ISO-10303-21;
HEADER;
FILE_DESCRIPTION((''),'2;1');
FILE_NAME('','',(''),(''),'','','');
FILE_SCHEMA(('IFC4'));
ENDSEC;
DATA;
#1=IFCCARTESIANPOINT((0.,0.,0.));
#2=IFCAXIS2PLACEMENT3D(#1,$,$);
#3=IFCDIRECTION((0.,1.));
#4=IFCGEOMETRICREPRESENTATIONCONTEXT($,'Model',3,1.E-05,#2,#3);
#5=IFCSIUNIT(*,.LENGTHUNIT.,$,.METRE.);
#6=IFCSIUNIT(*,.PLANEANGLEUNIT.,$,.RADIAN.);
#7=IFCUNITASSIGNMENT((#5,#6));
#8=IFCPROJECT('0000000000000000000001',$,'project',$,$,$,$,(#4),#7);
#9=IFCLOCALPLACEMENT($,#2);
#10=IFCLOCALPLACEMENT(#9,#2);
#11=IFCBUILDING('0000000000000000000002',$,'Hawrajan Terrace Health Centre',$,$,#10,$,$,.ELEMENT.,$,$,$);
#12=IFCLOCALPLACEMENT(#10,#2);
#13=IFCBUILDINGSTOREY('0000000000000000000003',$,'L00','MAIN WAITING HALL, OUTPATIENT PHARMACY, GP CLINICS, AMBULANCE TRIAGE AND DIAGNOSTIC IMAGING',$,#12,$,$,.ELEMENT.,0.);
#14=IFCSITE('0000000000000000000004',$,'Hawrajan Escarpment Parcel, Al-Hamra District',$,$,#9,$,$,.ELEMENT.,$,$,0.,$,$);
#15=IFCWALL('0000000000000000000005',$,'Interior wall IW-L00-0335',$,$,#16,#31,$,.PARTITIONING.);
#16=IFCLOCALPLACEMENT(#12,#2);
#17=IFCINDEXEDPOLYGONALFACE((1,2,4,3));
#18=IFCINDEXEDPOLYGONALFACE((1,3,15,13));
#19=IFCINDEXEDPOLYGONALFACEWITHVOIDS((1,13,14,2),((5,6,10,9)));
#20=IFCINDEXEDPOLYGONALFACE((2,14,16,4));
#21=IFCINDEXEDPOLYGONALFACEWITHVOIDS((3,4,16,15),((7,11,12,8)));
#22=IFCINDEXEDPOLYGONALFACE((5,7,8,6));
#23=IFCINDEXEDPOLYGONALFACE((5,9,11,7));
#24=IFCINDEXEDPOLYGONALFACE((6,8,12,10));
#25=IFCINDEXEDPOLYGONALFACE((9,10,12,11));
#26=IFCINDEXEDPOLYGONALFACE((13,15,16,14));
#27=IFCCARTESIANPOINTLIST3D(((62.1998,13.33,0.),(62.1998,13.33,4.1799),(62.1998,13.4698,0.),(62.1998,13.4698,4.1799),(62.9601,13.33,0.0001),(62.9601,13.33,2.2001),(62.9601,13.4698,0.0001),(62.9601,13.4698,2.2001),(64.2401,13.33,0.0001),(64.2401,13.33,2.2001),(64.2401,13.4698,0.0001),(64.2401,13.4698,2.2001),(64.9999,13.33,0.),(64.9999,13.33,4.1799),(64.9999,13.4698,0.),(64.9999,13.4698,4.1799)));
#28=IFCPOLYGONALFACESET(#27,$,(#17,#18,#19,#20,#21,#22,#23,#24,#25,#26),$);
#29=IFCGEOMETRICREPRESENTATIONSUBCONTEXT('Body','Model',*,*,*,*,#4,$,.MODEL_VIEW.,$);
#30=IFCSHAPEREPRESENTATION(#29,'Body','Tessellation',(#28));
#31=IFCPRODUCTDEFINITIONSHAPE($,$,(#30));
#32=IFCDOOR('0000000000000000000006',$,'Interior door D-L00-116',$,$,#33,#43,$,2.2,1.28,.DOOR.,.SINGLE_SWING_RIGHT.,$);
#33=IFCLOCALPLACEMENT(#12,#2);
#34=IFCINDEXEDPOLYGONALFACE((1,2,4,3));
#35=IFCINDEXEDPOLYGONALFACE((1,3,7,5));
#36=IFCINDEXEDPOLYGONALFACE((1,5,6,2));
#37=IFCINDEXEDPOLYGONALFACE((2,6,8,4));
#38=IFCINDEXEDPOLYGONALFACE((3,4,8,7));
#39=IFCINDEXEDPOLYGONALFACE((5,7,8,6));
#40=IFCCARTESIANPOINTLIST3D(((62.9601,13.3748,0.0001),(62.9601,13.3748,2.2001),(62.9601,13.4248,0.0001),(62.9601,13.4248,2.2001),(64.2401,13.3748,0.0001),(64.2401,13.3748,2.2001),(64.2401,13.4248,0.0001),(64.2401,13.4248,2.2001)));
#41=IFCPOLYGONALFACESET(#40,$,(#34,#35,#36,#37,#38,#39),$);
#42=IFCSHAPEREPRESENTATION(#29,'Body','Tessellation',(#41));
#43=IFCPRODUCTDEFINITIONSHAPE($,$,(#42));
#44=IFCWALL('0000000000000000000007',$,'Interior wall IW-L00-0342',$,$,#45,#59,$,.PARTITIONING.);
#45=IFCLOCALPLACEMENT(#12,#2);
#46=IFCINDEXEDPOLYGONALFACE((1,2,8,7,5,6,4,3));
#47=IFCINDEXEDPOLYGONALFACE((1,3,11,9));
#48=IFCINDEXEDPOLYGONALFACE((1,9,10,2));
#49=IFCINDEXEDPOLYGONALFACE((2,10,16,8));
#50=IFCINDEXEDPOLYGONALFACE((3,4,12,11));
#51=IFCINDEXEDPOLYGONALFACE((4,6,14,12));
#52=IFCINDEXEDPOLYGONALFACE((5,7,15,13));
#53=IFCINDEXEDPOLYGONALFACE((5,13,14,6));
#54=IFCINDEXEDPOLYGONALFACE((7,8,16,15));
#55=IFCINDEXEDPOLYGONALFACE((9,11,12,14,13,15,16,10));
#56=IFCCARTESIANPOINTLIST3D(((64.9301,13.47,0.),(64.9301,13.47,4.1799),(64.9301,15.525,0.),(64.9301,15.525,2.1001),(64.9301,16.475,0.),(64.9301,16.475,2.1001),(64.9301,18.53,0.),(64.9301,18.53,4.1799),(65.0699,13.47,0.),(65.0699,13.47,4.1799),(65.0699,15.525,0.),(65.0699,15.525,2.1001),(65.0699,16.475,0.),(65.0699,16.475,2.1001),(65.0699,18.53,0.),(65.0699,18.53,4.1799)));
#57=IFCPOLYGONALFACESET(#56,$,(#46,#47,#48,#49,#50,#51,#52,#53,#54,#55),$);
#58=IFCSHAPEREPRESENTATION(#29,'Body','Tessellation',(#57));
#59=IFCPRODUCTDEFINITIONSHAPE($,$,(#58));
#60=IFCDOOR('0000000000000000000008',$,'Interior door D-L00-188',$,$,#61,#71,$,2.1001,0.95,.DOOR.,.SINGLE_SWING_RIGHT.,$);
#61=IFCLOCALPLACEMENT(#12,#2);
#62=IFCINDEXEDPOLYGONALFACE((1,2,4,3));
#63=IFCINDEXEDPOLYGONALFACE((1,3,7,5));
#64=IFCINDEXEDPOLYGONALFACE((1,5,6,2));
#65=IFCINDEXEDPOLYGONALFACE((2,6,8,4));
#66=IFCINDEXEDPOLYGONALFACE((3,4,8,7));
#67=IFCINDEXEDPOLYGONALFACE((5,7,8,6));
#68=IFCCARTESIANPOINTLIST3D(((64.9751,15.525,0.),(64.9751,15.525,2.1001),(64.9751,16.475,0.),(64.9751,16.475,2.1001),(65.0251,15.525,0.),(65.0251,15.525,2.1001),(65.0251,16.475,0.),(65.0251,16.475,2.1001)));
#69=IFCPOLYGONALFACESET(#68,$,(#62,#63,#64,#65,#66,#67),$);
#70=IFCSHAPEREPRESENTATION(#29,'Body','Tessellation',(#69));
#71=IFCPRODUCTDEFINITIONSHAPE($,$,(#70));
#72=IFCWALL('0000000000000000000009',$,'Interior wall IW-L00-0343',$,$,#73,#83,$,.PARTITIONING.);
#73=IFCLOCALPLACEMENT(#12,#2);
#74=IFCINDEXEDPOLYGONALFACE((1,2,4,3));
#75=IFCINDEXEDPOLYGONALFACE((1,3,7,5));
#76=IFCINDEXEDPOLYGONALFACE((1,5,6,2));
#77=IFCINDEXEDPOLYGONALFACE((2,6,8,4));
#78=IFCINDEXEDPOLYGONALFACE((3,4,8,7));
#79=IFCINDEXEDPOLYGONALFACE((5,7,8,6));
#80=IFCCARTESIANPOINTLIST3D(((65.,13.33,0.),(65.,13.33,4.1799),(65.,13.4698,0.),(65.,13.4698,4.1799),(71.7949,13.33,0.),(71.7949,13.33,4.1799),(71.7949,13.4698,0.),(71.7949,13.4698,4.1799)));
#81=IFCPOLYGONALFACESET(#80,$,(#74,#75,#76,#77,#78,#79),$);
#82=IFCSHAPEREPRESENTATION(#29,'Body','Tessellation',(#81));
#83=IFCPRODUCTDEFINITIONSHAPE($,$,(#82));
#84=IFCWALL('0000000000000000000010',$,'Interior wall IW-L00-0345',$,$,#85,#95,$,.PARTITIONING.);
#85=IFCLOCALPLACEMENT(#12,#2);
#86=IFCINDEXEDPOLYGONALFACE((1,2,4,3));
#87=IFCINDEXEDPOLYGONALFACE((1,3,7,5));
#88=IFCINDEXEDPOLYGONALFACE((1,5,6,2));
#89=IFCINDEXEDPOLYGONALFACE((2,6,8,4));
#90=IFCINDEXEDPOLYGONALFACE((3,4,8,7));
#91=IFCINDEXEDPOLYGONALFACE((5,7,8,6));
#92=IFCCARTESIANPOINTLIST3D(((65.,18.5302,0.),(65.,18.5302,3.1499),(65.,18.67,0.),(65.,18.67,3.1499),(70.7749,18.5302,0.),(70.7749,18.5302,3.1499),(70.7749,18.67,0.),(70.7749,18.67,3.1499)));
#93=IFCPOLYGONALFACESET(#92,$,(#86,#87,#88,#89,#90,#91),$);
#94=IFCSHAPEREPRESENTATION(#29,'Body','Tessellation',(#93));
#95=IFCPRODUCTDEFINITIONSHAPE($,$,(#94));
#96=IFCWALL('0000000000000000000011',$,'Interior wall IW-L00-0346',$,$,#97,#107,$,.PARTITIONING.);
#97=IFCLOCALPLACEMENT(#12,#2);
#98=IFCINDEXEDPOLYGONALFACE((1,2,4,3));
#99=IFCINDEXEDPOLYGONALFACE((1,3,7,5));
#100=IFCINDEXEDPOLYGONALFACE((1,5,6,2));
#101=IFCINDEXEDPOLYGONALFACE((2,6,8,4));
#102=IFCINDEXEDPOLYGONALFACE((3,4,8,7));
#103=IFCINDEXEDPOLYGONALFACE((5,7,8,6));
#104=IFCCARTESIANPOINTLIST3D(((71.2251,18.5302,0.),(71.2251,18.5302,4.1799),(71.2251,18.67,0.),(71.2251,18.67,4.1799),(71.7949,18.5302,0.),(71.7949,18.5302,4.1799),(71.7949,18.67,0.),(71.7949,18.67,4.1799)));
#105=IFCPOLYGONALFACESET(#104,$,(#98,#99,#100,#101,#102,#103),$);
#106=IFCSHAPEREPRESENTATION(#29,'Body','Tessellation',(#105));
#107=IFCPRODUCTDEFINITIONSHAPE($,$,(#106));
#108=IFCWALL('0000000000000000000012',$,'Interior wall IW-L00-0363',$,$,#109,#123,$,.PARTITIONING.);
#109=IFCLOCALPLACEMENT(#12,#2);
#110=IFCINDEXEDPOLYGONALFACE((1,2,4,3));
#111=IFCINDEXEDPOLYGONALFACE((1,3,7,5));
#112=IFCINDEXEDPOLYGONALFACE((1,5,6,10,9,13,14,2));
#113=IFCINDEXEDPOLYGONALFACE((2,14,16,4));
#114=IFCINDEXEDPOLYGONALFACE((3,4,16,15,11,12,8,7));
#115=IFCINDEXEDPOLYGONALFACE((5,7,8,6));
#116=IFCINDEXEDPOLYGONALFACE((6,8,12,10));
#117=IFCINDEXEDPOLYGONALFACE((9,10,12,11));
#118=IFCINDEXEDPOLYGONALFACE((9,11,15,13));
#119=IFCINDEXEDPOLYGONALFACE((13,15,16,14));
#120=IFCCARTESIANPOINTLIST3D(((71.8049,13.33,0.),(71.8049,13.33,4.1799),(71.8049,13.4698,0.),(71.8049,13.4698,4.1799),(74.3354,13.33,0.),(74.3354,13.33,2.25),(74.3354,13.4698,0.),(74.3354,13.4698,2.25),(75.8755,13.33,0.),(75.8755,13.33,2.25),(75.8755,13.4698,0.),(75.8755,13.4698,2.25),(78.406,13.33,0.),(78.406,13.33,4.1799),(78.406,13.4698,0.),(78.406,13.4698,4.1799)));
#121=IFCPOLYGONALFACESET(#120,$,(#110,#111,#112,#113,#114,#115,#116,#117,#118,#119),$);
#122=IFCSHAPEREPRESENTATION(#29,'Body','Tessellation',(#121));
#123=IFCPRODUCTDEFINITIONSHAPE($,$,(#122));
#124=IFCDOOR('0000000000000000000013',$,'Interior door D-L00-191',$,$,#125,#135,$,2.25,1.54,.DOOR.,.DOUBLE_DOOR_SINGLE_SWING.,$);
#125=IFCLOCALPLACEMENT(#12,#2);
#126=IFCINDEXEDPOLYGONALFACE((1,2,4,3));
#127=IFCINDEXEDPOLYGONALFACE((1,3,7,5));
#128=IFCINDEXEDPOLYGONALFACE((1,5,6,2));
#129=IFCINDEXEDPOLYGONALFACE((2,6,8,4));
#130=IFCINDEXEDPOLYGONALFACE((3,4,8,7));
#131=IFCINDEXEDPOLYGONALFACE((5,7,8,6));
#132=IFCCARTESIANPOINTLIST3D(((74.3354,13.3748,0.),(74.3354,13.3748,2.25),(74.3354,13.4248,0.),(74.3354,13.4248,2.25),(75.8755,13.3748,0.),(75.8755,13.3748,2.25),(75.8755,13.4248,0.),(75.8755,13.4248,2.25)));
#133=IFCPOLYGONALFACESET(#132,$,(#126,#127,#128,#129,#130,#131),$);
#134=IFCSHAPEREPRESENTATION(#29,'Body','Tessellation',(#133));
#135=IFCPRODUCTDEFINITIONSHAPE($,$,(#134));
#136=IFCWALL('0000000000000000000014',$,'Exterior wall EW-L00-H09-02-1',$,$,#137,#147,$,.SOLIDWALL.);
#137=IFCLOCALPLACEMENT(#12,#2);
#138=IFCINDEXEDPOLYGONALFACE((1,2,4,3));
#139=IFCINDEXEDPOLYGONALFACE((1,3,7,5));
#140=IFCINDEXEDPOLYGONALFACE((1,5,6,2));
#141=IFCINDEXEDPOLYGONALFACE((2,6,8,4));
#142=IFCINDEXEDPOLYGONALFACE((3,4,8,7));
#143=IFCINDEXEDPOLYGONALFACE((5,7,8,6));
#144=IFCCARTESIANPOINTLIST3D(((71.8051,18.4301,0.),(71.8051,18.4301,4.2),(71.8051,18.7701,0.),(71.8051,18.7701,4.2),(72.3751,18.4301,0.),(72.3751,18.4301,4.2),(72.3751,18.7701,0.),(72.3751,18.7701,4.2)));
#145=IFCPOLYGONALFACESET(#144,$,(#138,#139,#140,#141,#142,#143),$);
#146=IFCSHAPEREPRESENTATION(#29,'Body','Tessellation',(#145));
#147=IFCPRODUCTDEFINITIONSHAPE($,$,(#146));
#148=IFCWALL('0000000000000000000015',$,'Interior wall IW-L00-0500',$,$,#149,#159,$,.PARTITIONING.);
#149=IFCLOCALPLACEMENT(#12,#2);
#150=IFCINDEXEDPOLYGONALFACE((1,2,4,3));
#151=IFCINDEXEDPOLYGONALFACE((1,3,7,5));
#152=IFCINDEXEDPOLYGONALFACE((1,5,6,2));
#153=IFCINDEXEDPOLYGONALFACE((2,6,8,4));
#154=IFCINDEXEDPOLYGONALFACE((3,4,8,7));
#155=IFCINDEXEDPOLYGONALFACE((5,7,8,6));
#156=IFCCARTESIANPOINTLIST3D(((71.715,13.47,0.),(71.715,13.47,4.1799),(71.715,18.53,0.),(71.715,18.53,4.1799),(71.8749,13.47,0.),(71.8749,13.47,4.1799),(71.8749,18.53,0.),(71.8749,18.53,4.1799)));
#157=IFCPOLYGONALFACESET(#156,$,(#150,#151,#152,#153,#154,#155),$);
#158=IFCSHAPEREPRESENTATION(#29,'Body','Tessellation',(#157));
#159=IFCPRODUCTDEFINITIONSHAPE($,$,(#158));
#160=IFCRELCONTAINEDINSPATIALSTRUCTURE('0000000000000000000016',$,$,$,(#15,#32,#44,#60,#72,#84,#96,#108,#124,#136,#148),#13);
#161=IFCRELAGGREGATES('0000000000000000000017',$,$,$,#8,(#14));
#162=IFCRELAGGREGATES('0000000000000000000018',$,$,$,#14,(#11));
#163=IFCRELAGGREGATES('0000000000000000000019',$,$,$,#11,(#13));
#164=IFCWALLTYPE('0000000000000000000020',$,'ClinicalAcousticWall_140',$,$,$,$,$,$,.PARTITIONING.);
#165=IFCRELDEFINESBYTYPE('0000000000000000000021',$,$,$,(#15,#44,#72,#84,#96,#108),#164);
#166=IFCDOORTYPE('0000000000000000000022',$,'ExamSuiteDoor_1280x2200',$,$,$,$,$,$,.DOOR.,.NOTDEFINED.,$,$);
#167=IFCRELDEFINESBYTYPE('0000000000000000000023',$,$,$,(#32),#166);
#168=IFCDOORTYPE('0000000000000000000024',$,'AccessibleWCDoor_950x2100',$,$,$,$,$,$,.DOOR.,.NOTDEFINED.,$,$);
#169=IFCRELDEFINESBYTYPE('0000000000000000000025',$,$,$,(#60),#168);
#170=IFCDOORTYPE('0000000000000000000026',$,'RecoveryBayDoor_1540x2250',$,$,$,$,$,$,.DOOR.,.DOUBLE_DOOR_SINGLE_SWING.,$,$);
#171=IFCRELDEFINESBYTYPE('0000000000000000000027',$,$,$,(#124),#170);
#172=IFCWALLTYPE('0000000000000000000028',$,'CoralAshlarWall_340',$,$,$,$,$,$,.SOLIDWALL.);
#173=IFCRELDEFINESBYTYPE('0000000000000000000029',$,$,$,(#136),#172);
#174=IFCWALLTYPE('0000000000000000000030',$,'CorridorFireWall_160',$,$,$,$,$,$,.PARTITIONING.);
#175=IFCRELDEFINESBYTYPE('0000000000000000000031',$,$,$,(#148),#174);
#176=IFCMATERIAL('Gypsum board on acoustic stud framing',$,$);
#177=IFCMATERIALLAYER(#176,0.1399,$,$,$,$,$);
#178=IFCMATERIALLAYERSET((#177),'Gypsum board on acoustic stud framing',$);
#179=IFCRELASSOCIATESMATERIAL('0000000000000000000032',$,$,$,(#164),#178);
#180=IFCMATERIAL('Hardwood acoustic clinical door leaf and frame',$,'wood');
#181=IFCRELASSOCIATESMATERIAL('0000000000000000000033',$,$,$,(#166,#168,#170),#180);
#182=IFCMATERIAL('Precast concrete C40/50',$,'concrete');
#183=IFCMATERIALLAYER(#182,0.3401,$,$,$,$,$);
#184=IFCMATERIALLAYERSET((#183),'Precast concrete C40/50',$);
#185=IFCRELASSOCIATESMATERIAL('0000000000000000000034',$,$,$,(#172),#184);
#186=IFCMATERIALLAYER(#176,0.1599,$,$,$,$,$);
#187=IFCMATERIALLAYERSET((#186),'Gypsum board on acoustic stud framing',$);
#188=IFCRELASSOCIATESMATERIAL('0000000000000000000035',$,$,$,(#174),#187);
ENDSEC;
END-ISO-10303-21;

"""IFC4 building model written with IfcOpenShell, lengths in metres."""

from ifc_helpers import new_model, si_unit, direction, frame, frame_2d, origin, place, context, subcontext, project, spatial, rectangle, extrude, material, layer, layer_set, type_object, element, fill, save


model = new_model("IFC4")

# Units and contexts
model_context = context("Model", 3, precision=1e-05, world=origin(), true_north=direction((0.0, 1.0)))
body_context = subcontext(model_context, "Body", "Model", "MODEL_VIEW")
ifc_project = project(units=[si_unit("LENGTHUNIT", "METRE"), si_unit("PLANEANGLEUNIT", "RADIAN")], contexts=[model_context])

# Site, building, storey
site_placement = place(None, origin())
site = spatial("IfcSite", under=ifc_project, at=site_placement, Name="Hawrajan Escarpment Parcel, Al-Hamra District", CompositionType="ELEMENT", RefElevation=0.0)
building_placement = place(site_placement, origin())
building = spatial("IfcBuilding", under=site, at=building_placement, Name="Hawrajan Terrace Health Centre", CompositionType="ELEMENT")
storey_placement = place(building_placement, origin())
storey = spatial("IfcBuildingStorey", under=building, at=storey_placement, Name="L00", Description="MAIN WAITING HALL, OUTPATIENT PHARMACY, GP CLINICS, AMBULANCE TRIAGE AND DIAGNOSTIC IMAGING", CompositionType="ELEMENT", Elevation=0.0)

# Shared definitions
ifc_material_1 = material(Name="Gypsum board on acoustic stud framing")
ifc_layer_1 = layer(ifc_material_1, 0.1399)
ifc_layer_set_1 = layer_set([ifc_layer_1], Name="Gypsum board on acoustic stud framing")
wall_type_1 = type_object("IfcWallType", Name="ClinicalAcousticWall_140", PredefinedType="PARTITIONING", material=ifc_layer_set_1)

# Walls, openings, doors
wall_1_placement = place(storey_placement, frame((62.2, 13.3999, 0.0), z_axis=(0.0, 0.0, 1.0), x_axis=(1.0, 0.0, 0.0)))
wall_1 = element("IfcWall", 1, at=wall_1_placement, inside=storey, type_object=wall_type_1, Name="Interior wall IW-L00-0335", PredefinedType="PARTITIONING", context=body_context, shape_type="SweptSolid", body=[
    extrude(rectangle(XDim=2.8, YDim=0.1399, at=frame_2d((1.3999, 0.0))), origin(), (0.0, 0.0, 1.0), 4.1799),
])
opening_1_placement = place(wall_1_placement, frame((0.76, 0.0, 0.0)))
opening_1 = element("IfcOpeningElement", 2, at=opening_1_placement, cuts=wall_1, PredefinedType="OPENING", context=body_context, shape_type="SweptSolid", body=[
    extrude(rectangle(XDim=1.28, YDim=2.2, at=frame_2d((0.6401, 1.1001))), frame((0.0, 0.0798, 0.0), z_axis=(0.0, -1.0, 0.0), x_axis=(1.0, 0.0, 0.0)), (0.0, 0.0, 1.0), 0.1599),
])
ifc_material_2 = material(Name="Hardwood acoustic clinical door leaf and frame", Category="wood")
door_type_1 = type_object("IfcDoorType", Name="ExamSuiteDoor_1280x2200", OperationType="NOTDEFINED", PredefinedType="DOOR", material=ifc_material_2)
door_1_placement = place(opening_1_placement, origin())
door_1 = element("IfcDoor", 3, at=door_1_placement, inside=storey, type_object=door_type_1, Name="Interior door D-L00-116", OperationType="SINGLE_SWING_RIGHT", OverallHeight=2.2, OverallWidth=1.28, PredefinedType="DOOR", context=body_context, shape_type="SweptSolid", body=[
    extrude(rectangle(XDim=1.28, YDim=2.2, at=frame_2d((0.6401, 1.1001))), frame((0.0, 0.0249, 0.0), z_axis=(0.0, -1.0, 0.0), x_axis=(1.0, 0.0, 0.0)), (0.0, 0.0, 1.0), 0.05),
])
fill(opening_1, door_1)
wall_2_placement = place(storey_placement, frame((65.0, 13.47, 0.0), z_axis=(0.0, 0.0, 1.0), x_axis=(0.0, 1.0, 0.0)))
wall_2 = element("IfcWall", 4, at=wall_2_placement, inside=storey, type_object=wall_type_1, Name="Interior wall IW-L00-0342", PredefinedType="PARTITIONING", context=body_context, shape_type="SweptSolid", body=[
    extrude(rectangle(XDim=5.0601, YDim=0.1399, at=frame_2d((2.53, 0.0))), origin(), (0.0, 0.0, 1.0), 4.1799),
])
opening_2_placement = place(wall_2_placement, frame((2.0549, 0.0, 0.0)))
opening_2 = element("IfcOpeningElement", 5, at=opening_2_placement, cuts=wall_2, PredefinedType="OPENING", context=body_context, shape_type="SweptSolid", body=[
    extrude(rectangle(XDim=0.95, YDim=2.1001, at=frame_2d((0.4751, 1.05))), frame((0.0, 0.0798, 0.0), z_axis=(0.0, -1.0, 0.0), x_axis=(1.0, 0.0, 0.0)), (0.0, 0.0, 1.0), 0.1599),
])
door_type_2 = type_object("IfcDoorType", Name="AccessibleWCDoor_950x2100", OperationType="NOTDEFINED", PredefinedType="DOOR", material=ifc_material_2)
door_2_placement = place(opening_2_placement, origin())
door_2 = element("IfcDoor", 6, at=door_2_placement, inside=storey, type_object=door_type_2, Name="Interior door D-L00-188", OperationType="SINGLE_SWING_RIGHT", OverallHeight=2.1001, OverallWidth=0.95, PredefinedType="DOOR", context=body_context, shape_type="SweptSolid", body=[
    extrude(rectangle(XDim=0.95, YDim=2.1001, at=frame_2d((0.4751, 1.05))), frame((0.0, 0.0249, 0.0), z_axis=(0.0, -1.0, 0.0), x_axis=(1.0, 0.0, 0.0)), (0.0, 0.0, 1.0), 0.05),
])
fill(opening_2, door_2)

# Walls
wall_3_placement = place(storey_placement, frame((65.0, 13.3999, 0.0), z_axis=(0.0, 0.0, 1.0), x_axis=(1.0, 0.0, 0.0)))
element("IfcWall", 7, at=wall_3_placement, inside=storey, type_object=wall_type_1, Name="Interior wall IW-L00-0343", PredefinedType="PARTITIONING", context=body_context, shape_type="SweptSolid", body=[
    extrude(rectangle(XDim=6.7949, YDim=0.1399, at=frame_2d((3.3975, 0.0))), origin(), (0.0, 0.0, 1.0), 4.1799),
])
wall_4_placement = place(storey_placement, frame((65.0, 18.6001, 0.0), z_axis=(0.0, 0.0, 1.0), x_axis=(1.0, 0.0, 0.0)))
element("IfcWall", 8, at=wall_4_placement, inside=storey, type_object=wall_type_1, Name="Interior wall IW-L00-0345", PredefinedType="PARTITIONING", context=body_context, shape_type="SweptSolid", body=[
    extrude(rectangle(XDim=5.7749, YDim=0.1399, at=frame_2d((2.8875, 0.0))), origin(), (0.0, 0.0, 1.0), 3.1499),
])
wall_5_placement = place(storey_placement, frame((71.2251, 18.6001, 0.0), z_axis=(0.0, 0.0, 1.0), x_axis=(1.0, 0.0, 0.0)))
element("IfcWall", 9, at=wall_5_placement, inside=storey, type_object=wall_type_1, Name="Interior wall IW-L00-0346", PredefinedType="PARTITIONING", context=body_context, shape_type="SweptSolid", body=[
    extrude(rectangle(XDim=0.5698, YDim=0.1399, at=frame_2d((0.2849, 0.0))), origin(), (0.0, 0.0, 1.0), 4.1799),
])

# Wall, opening, door
wall_6_placement = place(storey_placement, frame((71.8049, 13.3999, 0.0), z_axis=(0.0, 0.0, 1.0), x_axis=(1.0, 0.0, 0.0)))
wall_6 = element("IfcWall", 10, at=wall_6_placement, inside=storey, type_object=wall_type_1, Name="Interior wall IW-L00-0363", PredefinedType="PARTITIONING", context=body_context, shape_type="SweptSolid", body=[
    extrude(rectangle(XDim=6.6011, YDim=0.1399, at=frame_2d((3.3005, 0.0))), origin(), (0.0, 0.0, 1.0), 4.1799),
])
opening_3_placement = place(wall_6_placement, frame((2.5305, 0.0, 0.0)))
opening_3 = element("IfcOpeningElement", 11, at=opening_3_placement, cuts=wall_6, PredefinedType="OPENING", context=body_context, shape_type="SweptSolid", body=[
    extrude(rectangle(XDim=1.54, YDim=2.25, at=frame_2d((0.77, 1.125))), frame((0.0, 0.0798, 0.0), z_axis=(0.0, -1.0, 0.0), x_axis=(1.0, 0.0, 0.0)), (0.0, 0.0, 1.0), 0.1599),
])
door_type_3 = type_object("IfcDoorType", Name="RecoveryBayDoor_1540x2250", OperationType="DOUBLE_DOOR_SINGLE_SWING", PredefinedType="DOOR", material=ifc_material_2)
door_3_placement = place(opening_3_placement, origin())
door_3 = element("IfcDoor", 12, at=door_3_placement, inside=storey, type_object=door_type_3, Name="Interior door D-L00-191", OperationType="DOUBLE_DOOR_SINGLE_SWING", OverallHeight=2.25, OverallWidth=1.54, PredefinedType="DOOR", context=body_context, shape_type="SweptSolid", body=[
    extrude(rectangle(XDim=1.54, YDim=2.25, at=frame_2d((0.77, 1.125))), frame((0.0, 0.0249, 0.0), z_axis=(0.0, -1.0, 0.0), x_axis=(1.0, 0.0, 0.0)), (0.0, 0.0, 1.0), 0.05),
])
fill(opening_3, door_3)

# Walls
ifc_material_3 = material(Name="Precast concrete C40/50", Category="concrete")
ifc_layer_2 = layer(ifc_material_3, 0.3401)
ifc_layer_set_2 = layer_set([ifc_layer_2], Name="Precast concrete C40/50")
wall_type_2 = type_object("IfcWallType", Name="CoralAshlarWall_340", PredefinedType="SOLIDWALL", material=ifc_layer_set_2)
wall_7_placement = place(storey_placement, frame((71.8049, 18.6001, 0.0), z_axis=(0.0, 0.0, 1.0), x_axis=(1.0, 0.0, 0.0)))
element("IfcWall", 13, at=wall_7_placement, inside=storey, type_object=wall_type_2, Name="Exterior wall EW-L00-H09-02-1", PredefinedType="SOLIDWALL", context=body_context, shape_type="SweptSolid", body=[
    extrude(rectangle(XDim=0.5701, YDim=0.3401, at=frame_2d((0.2852, 0.0))), origin(), (0.0, 0.0, 1.0), 4.2),
])
ifc_layer_3 = layer(ifc_material_1, 0.1599)
ifc_layer_set_3 = layer_set([ifc_layer_3], Name="Gypsum board on acoustic stud framing")
wall_type_3 = type_object("IfcWallType", Name="CorridorFireWall_160", PredefinedType="PARTITIONING", material=ifc_layer_set_3)
wall_8_placement = place(storey_placement, frame((71.7949, 13.47, 0.0), z_axis=(0.0, 0.0, 1.0), x_axis=(0.0, 1.0, 0.0)))
element("IfcWall", 14, at=wall_8_placement, inside=storey, type_object=wall_type_3, Name="Interior wall IW-L00-0500", PredefinedType="PARTITIONING", context=body_context, shape_type="SweptSolid", body=[
    extrude(rectangle(XDim=5.0601, YDim=0.1599, at=frame_2d((2.53, 0.0))), origin(), (0.0, 0.0, 1.0), 4.1799),
])

save(model, "model.ifc")
